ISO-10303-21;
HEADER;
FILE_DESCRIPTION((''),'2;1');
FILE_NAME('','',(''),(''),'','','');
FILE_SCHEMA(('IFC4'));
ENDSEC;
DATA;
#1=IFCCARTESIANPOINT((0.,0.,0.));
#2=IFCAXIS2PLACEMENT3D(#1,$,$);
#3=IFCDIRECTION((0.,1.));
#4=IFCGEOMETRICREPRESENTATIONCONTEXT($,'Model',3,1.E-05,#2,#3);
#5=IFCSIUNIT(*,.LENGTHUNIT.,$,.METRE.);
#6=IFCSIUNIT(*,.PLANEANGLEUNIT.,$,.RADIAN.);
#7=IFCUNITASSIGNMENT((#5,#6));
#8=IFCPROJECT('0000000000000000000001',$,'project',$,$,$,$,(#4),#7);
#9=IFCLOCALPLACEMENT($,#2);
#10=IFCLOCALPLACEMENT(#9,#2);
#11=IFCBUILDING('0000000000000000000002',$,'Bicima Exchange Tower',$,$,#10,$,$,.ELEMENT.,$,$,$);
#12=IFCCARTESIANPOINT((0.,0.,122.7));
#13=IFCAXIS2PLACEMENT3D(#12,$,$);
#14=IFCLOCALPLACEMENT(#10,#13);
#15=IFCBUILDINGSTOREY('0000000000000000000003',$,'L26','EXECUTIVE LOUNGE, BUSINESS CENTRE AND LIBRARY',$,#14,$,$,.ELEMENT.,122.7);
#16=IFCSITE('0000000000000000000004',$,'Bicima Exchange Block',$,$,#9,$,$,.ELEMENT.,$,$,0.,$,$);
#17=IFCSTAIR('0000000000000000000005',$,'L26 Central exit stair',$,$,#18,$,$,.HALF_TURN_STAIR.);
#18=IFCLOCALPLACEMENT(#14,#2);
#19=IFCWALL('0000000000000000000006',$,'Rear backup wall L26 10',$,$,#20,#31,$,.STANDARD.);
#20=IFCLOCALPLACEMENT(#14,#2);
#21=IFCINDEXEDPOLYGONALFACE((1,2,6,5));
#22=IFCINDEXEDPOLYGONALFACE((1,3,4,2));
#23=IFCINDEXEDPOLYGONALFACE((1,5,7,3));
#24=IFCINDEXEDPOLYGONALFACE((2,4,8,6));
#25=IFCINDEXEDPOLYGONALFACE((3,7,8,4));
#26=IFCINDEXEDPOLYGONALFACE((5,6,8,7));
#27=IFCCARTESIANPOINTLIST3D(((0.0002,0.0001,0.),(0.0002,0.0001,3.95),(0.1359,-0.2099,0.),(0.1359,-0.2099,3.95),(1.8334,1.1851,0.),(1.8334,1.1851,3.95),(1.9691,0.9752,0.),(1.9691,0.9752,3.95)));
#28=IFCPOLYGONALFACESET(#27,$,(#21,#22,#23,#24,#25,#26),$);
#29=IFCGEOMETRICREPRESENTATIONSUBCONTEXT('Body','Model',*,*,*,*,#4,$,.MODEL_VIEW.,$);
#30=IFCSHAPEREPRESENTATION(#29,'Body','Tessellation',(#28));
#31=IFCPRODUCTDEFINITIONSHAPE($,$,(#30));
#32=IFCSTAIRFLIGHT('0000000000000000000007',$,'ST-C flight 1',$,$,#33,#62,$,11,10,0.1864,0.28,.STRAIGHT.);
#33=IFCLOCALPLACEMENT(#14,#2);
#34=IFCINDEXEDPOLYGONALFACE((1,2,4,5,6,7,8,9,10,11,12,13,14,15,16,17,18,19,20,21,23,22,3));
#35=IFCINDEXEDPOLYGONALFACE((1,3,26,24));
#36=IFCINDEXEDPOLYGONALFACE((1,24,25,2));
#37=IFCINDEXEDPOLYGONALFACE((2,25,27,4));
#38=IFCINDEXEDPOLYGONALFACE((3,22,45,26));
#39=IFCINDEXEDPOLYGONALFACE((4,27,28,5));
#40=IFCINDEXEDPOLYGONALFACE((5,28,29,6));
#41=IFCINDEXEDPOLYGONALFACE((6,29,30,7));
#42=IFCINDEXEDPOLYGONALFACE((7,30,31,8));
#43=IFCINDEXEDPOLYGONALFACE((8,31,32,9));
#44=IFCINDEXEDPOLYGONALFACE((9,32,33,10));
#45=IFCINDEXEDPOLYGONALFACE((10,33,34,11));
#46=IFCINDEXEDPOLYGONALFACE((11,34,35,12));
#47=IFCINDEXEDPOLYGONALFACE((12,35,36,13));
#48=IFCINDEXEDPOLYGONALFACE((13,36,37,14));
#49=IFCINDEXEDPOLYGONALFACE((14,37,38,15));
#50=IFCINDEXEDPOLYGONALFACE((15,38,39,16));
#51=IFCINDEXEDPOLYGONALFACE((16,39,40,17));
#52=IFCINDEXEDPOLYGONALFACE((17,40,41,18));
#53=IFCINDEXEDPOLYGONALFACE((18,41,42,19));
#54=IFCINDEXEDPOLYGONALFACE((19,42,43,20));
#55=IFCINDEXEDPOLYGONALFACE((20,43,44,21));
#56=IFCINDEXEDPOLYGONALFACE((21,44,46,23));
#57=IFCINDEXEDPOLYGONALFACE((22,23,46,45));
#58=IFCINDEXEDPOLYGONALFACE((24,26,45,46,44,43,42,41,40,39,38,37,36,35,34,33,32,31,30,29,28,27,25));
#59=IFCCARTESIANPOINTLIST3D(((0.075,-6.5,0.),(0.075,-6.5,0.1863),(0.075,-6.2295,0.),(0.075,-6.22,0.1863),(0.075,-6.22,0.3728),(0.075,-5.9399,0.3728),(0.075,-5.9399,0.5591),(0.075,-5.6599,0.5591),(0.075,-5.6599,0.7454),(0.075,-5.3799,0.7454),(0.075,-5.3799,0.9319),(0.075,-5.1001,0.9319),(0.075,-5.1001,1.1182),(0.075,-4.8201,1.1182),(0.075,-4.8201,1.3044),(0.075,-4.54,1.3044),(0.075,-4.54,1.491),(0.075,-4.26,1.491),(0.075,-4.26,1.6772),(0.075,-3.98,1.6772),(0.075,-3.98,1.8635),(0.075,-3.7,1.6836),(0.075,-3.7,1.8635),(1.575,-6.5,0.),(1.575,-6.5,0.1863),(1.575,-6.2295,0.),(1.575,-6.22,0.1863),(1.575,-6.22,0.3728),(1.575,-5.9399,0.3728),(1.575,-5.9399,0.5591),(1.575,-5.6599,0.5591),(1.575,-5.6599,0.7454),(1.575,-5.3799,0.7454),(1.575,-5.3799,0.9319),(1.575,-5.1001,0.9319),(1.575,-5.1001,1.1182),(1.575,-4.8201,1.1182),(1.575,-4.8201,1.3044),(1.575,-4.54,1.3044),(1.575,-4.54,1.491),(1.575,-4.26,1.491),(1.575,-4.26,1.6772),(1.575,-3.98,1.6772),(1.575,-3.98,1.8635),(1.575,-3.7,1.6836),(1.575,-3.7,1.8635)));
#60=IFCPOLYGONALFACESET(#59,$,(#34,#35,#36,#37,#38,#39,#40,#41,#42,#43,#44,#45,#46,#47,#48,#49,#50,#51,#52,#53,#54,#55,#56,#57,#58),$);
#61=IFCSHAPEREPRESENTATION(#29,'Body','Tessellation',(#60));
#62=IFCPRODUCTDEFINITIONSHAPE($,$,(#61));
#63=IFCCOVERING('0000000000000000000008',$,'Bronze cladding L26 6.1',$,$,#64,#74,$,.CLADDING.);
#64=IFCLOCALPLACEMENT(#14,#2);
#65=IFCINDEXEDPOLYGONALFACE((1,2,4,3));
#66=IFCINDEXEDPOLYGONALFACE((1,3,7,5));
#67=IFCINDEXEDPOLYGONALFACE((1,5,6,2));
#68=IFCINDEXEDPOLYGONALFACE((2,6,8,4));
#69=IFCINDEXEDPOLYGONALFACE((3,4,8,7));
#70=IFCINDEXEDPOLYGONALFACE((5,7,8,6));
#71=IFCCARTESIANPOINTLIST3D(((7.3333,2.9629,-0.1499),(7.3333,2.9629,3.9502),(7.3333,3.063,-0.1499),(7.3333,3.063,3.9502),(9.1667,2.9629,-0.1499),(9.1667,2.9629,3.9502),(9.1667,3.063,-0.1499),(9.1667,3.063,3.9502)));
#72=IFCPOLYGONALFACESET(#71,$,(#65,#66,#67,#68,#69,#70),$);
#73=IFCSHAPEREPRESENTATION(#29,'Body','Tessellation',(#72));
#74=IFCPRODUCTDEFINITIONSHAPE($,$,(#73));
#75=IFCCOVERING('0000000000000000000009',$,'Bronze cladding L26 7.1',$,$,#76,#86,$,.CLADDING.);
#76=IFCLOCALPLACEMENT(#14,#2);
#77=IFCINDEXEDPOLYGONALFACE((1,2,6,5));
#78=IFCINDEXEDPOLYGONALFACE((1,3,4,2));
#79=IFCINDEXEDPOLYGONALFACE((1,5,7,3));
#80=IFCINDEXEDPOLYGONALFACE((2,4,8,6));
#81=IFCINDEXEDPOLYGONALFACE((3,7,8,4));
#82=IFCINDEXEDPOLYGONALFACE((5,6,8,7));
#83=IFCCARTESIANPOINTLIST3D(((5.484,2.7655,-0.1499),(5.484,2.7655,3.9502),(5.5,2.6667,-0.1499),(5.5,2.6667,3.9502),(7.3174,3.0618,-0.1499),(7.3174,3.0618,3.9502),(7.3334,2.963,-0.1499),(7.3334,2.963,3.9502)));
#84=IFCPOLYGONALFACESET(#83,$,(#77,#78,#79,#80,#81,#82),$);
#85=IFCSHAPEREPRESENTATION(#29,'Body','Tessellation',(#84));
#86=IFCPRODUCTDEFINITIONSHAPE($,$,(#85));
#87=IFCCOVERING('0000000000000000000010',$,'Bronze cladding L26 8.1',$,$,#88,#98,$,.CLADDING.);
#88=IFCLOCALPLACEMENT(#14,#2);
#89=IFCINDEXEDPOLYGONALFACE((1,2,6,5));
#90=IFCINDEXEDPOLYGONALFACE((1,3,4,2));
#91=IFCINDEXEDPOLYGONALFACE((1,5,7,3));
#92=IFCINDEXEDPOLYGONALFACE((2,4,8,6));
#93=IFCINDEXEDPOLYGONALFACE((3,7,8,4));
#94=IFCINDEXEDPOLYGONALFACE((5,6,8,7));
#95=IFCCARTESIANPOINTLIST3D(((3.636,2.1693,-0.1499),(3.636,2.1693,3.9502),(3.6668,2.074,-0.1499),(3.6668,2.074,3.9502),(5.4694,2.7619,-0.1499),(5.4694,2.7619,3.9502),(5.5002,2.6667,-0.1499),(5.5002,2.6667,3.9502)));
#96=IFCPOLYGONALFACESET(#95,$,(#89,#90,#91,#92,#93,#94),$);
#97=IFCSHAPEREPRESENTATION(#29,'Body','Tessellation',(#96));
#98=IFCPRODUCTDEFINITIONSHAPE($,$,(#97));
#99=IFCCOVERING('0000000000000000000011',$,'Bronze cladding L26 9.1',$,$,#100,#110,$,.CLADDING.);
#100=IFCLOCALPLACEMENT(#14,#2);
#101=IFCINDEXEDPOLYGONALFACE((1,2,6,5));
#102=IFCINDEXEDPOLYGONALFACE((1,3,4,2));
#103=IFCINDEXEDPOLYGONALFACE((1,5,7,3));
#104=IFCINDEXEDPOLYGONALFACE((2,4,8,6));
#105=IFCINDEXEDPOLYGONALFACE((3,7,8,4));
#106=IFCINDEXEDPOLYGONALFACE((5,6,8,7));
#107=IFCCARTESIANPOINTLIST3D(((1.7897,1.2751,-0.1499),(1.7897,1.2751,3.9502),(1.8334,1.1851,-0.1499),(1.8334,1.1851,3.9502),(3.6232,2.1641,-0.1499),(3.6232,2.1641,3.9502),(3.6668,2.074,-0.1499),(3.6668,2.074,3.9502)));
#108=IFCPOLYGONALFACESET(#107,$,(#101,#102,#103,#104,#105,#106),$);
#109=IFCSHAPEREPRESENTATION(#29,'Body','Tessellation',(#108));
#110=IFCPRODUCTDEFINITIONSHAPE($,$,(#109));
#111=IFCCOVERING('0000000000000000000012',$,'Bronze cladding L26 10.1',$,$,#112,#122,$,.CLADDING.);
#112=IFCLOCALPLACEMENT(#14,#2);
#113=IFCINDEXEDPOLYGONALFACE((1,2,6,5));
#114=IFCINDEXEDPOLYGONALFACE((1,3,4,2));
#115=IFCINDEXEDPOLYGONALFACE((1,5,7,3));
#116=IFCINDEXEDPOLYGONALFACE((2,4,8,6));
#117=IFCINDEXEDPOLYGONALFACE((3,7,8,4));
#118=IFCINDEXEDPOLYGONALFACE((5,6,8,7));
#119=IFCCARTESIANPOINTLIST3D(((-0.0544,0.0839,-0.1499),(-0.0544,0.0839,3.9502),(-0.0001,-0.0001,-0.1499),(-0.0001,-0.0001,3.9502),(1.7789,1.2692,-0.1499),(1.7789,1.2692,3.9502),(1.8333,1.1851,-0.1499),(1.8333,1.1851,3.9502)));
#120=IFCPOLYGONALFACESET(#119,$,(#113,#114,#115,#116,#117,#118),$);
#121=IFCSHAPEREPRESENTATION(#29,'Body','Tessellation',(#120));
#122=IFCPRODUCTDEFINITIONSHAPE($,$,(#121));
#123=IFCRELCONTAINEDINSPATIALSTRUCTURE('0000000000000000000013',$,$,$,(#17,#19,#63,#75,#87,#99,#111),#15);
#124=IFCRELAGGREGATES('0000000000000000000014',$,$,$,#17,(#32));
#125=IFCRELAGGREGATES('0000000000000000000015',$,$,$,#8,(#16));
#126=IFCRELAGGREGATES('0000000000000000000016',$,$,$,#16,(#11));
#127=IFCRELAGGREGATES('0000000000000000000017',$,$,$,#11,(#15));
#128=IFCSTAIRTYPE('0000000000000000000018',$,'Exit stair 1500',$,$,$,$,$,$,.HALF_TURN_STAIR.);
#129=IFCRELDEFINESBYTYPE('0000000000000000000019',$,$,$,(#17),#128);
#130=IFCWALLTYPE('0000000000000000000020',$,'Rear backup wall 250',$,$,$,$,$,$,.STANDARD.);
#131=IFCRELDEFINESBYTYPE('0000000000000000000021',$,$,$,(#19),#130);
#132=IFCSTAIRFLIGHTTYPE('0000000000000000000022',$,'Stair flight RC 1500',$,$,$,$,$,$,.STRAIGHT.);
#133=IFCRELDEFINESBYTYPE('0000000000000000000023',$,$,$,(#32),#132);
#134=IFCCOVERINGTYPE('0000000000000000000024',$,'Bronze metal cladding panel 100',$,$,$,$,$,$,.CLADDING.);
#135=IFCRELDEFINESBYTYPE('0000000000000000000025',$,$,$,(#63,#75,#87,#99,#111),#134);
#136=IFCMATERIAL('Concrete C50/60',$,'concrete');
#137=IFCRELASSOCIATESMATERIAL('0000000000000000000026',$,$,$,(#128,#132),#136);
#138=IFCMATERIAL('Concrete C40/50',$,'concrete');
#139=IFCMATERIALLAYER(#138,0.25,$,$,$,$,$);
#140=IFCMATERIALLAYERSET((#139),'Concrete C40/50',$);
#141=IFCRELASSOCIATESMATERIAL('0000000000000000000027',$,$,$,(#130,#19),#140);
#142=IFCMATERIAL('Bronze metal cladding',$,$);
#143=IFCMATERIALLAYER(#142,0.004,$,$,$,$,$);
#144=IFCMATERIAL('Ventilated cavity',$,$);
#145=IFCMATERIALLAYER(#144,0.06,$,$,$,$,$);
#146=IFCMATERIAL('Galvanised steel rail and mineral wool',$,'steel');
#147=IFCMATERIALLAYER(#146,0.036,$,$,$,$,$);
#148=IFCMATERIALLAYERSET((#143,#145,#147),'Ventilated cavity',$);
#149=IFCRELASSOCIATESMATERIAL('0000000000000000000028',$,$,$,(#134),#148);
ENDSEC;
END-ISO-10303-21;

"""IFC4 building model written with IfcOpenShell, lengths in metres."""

from ifc_helpers import new_model, si_unit, direction, frame, frame_2d, origin, origin_2d, place, context, subcontext, project, spatial, polyline, rectangle, outline, extrude, material, layer, layer_set, layer_usage, type_object, element, aggregate, save


model = new_model("IFC4")

# Units and contexts
model_context = context("Model", 3, precision=1e-05, world=origin(), true_north=direction((0.0, 1.0)))
body_context = subcontext(model_context, "Body", "Model", "MODEL_VIEW")
ifc_project = project(units=[si_unit("LENGTHUNIT", "METRE"), si_unit("PLANEANGLEUNIT", "RADIAN")], contexts=[model_context])

# Site, building, storey
site_placement = place(None, origin())
site = spatial("IfcSite", under=ifc_project, at=site_placement, Name="Bicima Exchange Block", CompositionType="ELEMENT", RefElevation=0.0)
building_placement = place(site_placement, origin())
building = spatial("IfcBuilding", under=site, at=building_placement, Name="Bicima Exchange Tower", CompositionType="ELEMENT")
storey_placement = place(building_placement, frame((0.0, 0.0, 122.7)))
storey = spatial("IfcBuildingStorey", under=building, at=storey_placement, Name="L26", Description="EXECUTIVE LOUNGE, BUSINESS CENTRE AND LIBRARY", CompositionType="ELEMENT", Elevation=122.7)

# Stair
ifc_material_1 = material(Name="Concrete C50/60", Category="concrete")
stair_type_1 = type_object("IfcStairType", Name="Exit stair 1500", PredefinedType="HALF_TURN_STAIR", material=ifc_material_1)
stair_1_placement = place(storey_placement, origin())
stair_1 = element("IfcStair", 1, at=stair_1_placement, inside=storey, type_object=stair_type_1, Name="L26 Central exit stair", PredefinedType="HALF_TURN_STAIR")

# Wall
ifc_material_2 = material(Name="Concrete C40/50", Category="concrete")
ifc_layer_1 = layer(ifc_material_2, 0.25)
ifc_layer_set_1 = layer_set([ifc_layer_1], Name="Concrete C40/50")
ifc_layer_usage = layer_usage(ifc_layer_set_1, "AXIS2", "POSITIVE", -0.125)
wall_type_1 = type_object("IfcWallType", Name="Rear backup wall 250", PredefinedType="STANDARD", material=ifc_layer_set_1)
wall_1_placement = place(storey_placement, frame((1.9011, 1.0801, 0.0), z_axis=(0.0, 0.0, 1.0), x_axis=(-0.839813, -0.542876, 0.0)))
element("IfcWall", 2, at=wall_1_placement, inside=storey, type_object=wall_type_1, material=ifc_layer_usage, Name="Rear backup wall L26 10", PredefinedType="STANDARD", context=body_context, shape_type="SweptSolid", body=[
    extrude(rectangle(XDim=2.1829, YDim=0.25, at=frame_2d((1.0913, 0.0))), origin(), (0.0, 0.0, 1.0), 3.95),
])

# Stair flight
stair_flight_type = type_object("IfcStairFlightType", Name="Stair flight RC 1500", PredefinedType="STRAIGHT", material=ifc_material_1)
stair_flight_placement = place(storey_placement, frame((0.825, -6.5, 0.0), z_axis=(0.0, 0.0, 1.0), x_axis=(0.0, 1.0, 0.0)))
stair_flight = element("IfcStairFlight", 3, at=stair_flight_placement, type_object=stair_flight_type, Name="ST-C flight 1", NumberOfRisers=11, NumberOfTreads=10, PredefinedType="STRAIGHT", RiserHeight=0.1864, TreadLength=0.28, context=body_context, shape_type="SweptSolid", body=[
    extrude(outline(polyline([(0.0, 0.0), (0.0, 0.1863), (0.28, 0.1863), (0.28, 0.3728), (0.5601, 0.3728), (0.5601, 0.5591), (0.8401, 0.5591), (0.8401, 0.7454), (1.1201, 0.7454), (1.1201, 0.9319), (1.3999, 0.9319), (1.3999, 1.1182), (1.6799, 1.1182), (1.6799, 1.3044), (1.96, 1.3044), (1.96, 1.491), (2.24, 1.491), (2.24, 1.6772), (2.52, 1.6772), (2.52, 1.8635), (2.8, 1.8635), (2.8, 2.05), (2.8, 1.6836), (0.2705, 0.0), (0.0, 0.0)])), frame((0.0, 0.75, 0.0), z_axis=(0.0, -1.0, 0.0), x_axis=(1.0, 0.0, 0.0)), (0.0, 0.0, 1.0), 1.5),
])
aggregate(stair_1, [stair_flight])

# Coverings
ifc_material_3 = material(Name="Bronze metal cladding")
ifc_layer_2 = layer(ifc_material_3, 0.004)
ifc_material_4 = material(Name="Ventilated cavity")
ifc_layer_3 = layer(ifc_material_4, 0.06)
ifc_material_5 = material(Name="Galvanised steel rail and mineral wool", Category="steel")
ifc_layer_4 = layer(ifc_material_5, 0.036)
ifc_layer_set_2 = layer_set([ifc_layer_2, ifc_layer_3, ifc_layer_4], Name="Ventilated cavity")
covering_type = type_object("IfcCoveringType", Name="Bronze metal cladding panel 100", PredefinedType="CLADDING", material=ifc_layer_set_2)
covering_1_placement = place(storey_placement, frame((8.25, 3.0129, -0.1499), z_axis=(0.0, 0.0, 1.0), x_axis=(-1.0, 0.0, 0.0)))
element("IfcCovering", 4, at=covering_1_placement, inside=storey, type_object=covering_type, Name="Bronze cladding L26 6.1", PredefinedType="CLADDING", context=body_context, shape_type="SweptSolid", body=[
    extrude(rectangle(XDim=1.8335, YDim=0.1001, at=origin_2d()), origin(), (0.0, 0.0, 1.0), 4.1001),
])
covering_2_placement = place(storey_placement, frame((6.4087, 2.8643, -0.1499), z_axis=(0.0, 0.0, 1.0), x_axis=(-0.98719, -0.15955, 0.0)))
element("IfcCovering", 5, at=covering_2_placement, inside=storey, type_object=covering_type, Name="Bronze cladding L26 7.1", PredefinedType="CLADDING", context=body_context, shape_type="SweptSolid", body=[
    extrude(rectangle(XDim=1.8572, YDim=0.1001, at=origin_2d()), origin(), (0.0, 0.0, 1.0), 4.1001),
])
covering_3_placement = place(storey_placement, frame((4.5681, 2.418, -0.1499), z_axis=(0.0, 0.0, 1.0), x_axis=(-0.951525, -0.307573, 0.0)))
element("IfcCovering", 6, at=covering_3_placement, inside=storey, type_object=covering_type, Name="Bronze cladding L26 8.1", PredefinedType="CLADDING", context=body_context, shape_type="SweptSolid", body=[
    extrude(rectangle(XDim=1.9268, YDim=0.1001, at=origin_2d()), origin(), (0.0, 0.0, 1.0), 4.1001),
])
covering_4_placement = place(storey_placement, frame((2.7283, 1.6746, -0.1499), z_axis=(0.0, 0.0, 1.0), x_axis=(-0.899818, -0.436265, 0.0)))
element("IfcCovering", 7, at=covering_4_placement, inside=storey, type_object=covering_type, Name="Bronze cladding L26 9.1", PredefinedType="CLADDING", context=body_context, shape_type="SweptSolid", body=[
    extrude(rectangle(XDim=2.0376, YDim=0.1001, at=origin_2d()), origin(), (0.0, 0.0, 1.0), 4.1001),
])
covering_5_placement = place(storey_placement, frame((0.8894, 0.6345, -0.1499), z_axis=(0.0, 0.0, 1.0), x_axis=(-0.83979, -0.542911, 0.0)))
element("IfcCovering", 8, at=covering_5_placement, inside=storey, type_object=covering_type, Name="Bronze cladding L26 10.1", PredefinedType="CLADDING", context=body_context, shape_type="SweptSolid", body=[
    extrude(rectangle(XDim=2.1831, YDim=0.1001, at=origin_2d()), origin(), (0.0, 0.0, 1.0), 4.1001),
])

save(model, "model.ifc")
